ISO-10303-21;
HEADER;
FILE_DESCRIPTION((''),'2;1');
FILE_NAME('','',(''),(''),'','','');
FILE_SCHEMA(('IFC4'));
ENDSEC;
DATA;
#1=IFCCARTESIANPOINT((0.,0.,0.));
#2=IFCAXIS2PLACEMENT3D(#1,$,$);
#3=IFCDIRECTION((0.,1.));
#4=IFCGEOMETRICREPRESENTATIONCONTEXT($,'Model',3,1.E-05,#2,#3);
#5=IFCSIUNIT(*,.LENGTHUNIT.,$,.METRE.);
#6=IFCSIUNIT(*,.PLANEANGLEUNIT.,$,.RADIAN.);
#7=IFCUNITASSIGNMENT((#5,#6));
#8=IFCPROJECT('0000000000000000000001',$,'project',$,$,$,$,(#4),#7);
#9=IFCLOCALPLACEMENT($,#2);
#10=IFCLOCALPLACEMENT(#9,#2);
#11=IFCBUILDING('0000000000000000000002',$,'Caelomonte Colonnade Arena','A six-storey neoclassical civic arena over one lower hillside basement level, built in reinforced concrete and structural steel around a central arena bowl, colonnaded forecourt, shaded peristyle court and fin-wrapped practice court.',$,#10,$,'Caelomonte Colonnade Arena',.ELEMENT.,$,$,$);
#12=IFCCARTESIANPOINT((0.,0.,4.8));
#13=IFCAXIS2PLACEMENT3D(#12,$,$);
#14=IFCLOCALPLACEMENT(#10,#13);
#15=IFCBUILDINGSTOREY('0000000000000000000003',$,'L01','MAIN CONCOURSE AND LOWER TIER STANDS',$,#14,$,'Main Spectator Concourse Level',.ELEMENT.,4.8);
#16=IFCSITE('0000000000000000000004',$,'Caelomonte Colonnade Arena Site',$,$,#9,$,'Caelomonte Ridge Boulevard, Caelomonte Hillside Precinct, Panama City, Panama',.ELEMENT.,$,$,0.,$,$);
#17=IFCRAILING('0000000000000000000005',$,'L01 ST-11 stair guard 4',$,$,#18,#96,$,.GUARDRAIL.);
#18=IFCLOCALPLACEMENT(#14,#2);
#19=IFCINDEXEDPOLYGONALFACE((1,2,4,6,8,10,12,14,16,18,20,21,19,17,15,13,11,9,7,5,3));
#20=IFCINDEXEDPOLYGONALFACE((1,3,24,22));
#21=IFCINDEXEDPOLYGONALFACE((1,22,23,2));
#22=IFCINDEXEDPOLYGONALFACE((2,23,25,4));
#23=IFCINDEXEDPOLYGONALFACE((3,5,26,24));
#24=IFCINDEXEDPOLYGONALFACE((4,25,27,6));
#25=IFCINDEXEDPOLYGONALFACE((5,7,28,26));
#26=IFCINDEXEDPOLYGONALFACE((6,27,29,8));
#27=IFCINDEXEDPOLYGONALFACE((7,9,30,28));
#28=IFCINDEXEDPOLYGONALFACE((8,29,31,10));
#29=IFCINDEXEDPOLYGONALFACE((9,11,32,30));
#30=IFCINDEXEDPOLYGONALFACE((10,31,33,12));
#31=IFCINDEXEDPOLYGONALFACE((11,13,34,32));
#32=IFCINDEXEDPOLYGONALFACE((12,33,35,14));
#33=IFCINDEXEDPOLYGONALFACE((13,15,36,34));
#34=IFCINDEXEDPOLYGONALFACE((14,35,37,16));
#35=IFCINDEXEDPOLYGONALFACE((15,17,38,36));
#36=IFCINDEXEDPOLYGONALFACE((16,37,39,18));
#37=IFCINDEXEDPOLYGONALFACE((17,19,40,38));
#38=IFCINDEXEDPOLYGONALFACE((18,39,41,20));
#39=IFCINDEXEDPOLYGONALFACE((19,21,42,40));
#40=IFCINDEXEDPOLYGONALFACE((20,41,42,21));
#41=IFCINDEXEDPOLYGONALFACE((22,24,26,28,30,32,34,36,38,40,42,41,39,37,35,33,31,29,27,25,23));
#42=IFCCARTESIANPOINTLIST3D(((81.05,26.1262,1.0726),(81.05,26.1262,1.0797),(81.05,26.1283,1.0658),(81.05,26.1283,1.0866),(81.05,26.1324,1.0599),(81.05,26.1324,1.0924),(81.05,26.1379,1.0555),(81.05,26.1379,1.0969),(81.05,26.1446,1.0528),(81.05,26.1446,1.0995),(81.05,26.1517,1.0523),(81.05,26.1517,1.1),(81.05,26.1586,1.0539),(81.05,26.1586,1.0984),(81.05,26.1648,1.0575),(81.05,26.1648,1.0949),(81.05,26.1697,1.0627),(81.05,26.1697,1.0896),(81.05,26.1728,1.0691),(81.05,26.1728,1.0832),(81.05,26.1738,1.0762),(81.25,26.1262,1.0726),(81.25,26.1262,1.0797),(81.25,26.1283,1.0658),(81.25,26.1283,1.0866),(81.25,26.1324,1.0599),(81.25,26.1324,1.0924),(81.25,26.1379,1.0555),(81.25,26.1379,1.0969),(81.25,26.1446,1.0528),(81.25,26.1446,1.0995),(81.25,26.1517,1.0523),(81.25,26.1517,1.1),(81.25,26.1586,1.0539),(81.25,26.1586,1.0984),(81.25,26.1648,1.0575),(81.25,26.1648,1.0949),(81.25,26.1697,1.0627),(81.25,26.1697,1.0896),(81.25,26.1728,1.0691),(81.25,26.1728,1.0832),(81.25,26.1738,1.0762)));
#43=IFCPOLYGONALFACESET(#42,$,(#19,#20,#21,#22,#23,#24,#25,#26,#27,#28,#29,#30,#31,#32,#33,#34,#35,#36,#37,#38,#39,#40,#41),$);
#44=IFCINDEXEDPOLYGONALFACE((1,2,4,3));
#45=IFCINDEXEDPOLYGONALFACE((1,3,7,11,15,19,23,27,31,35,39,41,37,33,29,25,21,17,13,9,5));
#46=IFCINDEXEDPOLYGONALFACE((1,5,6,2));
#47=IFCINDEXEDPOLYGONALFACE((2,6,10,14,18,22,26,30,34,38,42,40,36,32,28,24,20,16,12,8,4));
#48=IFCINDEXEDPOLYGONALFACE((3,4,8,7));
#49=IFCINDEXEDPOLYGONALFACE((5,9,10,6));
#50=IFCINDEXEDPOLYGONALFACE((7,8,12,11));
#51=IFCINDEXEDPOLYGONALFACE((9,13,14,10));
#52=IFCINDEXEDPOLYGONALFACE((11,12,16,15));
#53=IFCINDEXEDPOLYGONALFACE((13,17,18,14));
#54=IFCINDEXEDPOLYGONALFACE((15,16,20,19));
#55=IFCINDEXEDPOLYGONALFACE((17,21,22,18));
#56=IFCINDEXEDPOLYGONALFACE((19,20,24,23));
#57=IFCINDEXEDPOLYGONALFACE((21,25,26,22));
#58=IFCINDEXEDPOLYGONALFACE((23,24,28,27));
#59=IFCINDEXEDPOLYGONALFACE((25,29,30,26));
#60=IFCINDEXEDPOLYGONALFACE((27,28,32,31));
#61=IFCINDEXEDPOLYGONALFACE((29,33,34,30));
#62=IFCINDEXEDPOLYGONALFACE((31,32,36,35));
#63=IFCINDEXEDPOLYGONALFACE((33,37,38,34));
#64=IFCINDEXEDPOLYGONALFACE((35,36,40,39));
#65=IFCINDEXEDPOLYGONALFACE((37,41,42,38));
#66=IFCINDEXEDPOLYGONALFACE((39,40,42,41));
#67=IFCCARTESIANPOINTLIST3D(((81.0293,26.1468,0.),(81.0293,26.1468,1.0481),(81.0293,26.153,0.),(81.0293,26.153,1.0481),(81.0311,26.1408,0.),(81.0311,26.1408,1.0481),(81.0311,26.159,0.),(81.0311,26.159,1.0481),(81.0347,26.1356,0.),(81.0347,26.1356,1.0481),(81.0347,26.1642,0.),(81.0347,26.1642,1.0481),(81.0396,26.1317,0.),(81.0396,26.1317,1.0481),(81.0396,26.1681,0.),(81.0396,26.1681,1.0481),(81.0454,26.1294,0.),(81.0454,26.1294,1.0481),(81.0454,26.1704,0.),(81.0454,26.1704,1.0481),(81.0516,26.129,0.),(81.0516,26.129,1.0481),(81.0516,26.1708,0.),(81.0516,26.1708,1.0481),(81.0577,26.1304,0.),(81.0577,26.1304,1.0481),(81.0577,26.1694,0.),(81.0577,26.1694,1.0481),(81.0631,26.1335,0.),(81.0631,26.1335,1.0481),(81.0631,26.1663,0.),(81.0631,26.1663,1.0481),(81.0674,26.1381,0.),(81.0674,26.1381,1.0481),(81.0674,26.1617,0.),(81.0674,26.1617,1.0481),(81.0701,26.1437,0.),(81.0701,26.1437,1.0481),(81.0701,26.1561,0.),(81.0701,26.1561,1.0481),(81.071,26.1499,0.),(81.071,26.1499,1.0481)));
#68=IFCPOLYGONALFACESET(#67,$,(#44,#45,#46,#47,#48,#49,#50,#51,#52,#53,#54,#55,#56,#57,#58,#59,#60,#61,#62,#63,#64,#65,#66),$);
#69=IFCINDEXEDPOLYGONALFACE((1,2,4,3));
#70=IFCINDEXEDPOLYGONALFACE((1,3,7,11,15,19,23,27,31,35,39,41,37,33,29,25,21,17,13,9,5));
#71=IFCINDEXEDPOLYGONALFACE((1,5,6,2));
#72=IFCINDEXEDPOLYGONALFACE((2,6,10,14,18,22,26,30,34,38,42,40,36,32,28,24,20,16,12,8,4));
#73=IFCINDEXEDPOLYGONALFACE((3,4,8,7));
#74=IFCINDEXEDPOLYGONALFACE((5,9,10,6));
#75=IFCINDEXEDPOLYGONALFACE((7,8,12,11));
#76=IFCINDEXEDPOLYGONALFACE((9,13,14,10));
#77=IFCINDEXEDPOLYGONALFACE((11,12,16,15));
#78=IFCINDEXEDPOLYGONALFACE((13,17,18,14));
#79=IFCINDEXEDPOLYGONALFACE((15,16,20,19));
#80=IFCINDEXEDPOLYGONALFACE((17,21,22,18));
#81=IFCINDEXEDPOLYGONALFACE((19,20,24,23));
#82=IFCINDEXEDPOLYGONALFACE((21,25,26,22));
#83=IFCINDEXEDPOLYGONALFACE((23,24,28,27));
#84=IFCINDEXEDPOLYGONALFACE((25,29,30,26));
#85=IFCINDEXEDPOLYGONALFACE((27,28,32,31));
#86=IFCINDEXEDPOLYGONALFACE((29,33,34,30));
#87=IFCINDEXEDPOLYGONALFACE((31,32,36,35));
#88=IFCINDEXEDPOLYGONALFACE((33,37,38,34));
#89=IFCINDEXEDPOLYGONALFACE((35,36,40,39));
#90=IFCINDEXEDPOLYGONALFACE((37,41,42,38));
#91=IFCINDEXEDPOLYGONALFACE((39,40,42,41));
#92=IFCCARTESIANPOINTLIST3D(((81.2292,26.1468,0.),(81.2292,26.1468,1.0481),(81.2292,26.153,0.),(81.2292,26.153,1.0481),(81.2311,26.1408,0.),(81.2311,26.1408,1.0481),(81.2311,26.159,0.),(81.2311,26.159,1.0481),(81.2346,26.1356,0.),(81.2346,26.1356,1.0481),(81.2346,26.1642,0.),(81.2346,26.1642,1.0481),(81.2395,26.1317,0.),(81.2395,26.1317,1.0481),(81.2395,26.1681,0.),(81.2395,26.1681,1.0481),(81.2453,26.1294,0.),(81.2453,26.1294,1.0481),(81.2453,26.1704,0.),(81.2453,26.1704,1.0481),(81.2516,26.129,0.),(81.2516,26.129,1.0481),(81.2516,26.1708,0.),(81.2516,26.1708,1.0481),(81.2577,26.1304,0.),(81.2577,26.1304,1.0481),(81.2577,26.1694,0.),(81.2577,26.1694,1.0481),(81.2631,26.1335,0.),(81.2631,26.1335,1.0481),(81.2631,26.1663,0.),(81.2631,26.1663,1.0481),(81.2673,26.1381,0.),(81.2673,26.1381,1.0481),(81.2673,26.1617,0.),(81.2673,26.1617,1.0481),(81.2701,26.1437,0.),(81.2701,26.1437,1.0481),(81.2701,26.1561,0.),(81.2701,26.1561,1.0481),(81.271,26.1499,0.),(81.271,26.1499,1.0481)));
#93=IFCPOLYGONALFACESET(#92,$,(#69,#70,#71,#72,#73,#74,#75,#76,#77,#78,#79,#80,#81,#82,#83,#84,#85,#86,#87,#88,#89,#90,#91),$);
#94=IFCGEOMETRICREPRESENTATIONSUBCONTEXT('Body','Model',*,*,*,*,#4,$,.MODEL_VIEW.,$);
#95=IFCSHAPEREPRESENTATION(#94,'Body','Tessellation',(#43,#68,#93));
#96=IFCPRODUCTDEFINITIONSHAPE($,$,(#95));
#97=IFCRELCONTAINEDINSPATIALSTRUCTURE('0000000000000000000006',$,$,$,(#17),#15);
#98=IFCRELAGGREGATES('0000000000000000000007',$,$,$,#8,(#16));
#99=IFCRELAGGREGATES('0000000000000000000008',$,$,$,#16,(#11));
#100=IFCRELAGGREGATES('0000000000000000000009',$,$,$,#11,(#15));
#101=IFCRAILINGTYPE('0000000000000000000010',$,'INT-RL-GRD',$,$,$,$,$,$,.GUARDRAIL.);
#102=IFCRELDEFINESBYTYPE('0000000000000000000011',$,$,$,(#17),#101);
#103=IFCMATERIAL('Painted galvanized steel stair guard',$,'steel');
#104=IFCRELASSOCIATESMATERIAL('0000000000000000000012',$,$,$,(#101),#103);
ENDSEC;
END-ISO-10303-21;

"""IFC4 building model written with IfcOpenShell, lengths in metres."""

from ifc_helpers import new_model, si_unit, direction, frame, origin, origin_2d, place, context, subcontext, project, spatial, circle, extrude, material, type_object, element, save


model = new_model("IFC4")

# Units and contexts
model_context = context("Model", 3, precision=1e-05, world=origin(), true_north=direction((0.0, 1.0)))
body_context = subcontext(model_context, "Body", "Model", "MODEL_VIEW")
ifc_project = project(units=[si_unit("LENGTHUNIT", "METRE"), si_unit("PLANEANGLEUNIT", "RADIAN")], contexts=[model_context])

# Site, building, storey
site_placement = place(None, origin())
site = spatial("IfcSite", under=ifc_project, at=site_placement, Name="Caelomonte Colonnade Arena Site", LongName="Caelomonte Ridge Boulevard, Caelomonte Hillside Precinct, Panama City, Panama", CompositionType="ELEMENT", RefElevation=0.0)
building_placement = place(site_placement, origin())
building = spatial("IfcBuilding", under=site, at=building_placement, Name="Caelomonte Colonnade Arena", Description="A six-storey neoclassical civic arena over one lower hillside basement level, built in reinforced concrete and structural steel around a central arena bowl, colonnaded forecourt, shaded peristyle court and fin-wrapped practice court.", LongName="Caelomonte Colonnade Arena", CompositionType="ELEMENT")
storey_placement = place(building_placement, frame((0.0, 0.0, 4.8)))
storey = spatial("IfcBuildingStorey", under=building, at=storey_placement, Name="L01", Description="MAIN CONCOURSE AND LOWER TIER STANDS", LongName="Main Spectator Concourse Level", CompositionType="ELEMENT", Elevation=4.8)

# Railing
ifc_material_1 = material(Name="Painted galvanized steel stair guard", Category="steel")
railing_type_1 = type_object("IfcRailingType", Name="INT-RL-GRD", PredefinedType="GUARDRAIL", material=ifc_material_1)
railing_1_placement = place(storey_placement, frame((81.05, 26.1499, 0.0)))
element("IfcRailing", 1, at=railing_1_placement, inside=storey, type_object=railing_type_1, Name="L01 ST-11 stair guard 4", PredefinedType="GUARDRAIL", context=body_context, shape_type="SweptSolid", body=[
    extrude(circle(Radius=0.0239, at=origin_2d()), frame((0.0, 0.0, 1.0762), z_axis=(1.0, 0.0, 0.0), x_axis=(0.0, 1.0, 0.0)), (0.0, 0.0, 1.0), 0.2),
    extrude(circle(Radius=0.021, at=origin_2d()), origin(), (0.0, 0.0, 1.0), 1.0481),
    extrude(circle(Radius=0.021, at=origin_2d()), frame((0.2, 0.0, 0.0)), (0.0, 0.0, 1.0), 1.0481),
])

save(model, "model.ifc")
